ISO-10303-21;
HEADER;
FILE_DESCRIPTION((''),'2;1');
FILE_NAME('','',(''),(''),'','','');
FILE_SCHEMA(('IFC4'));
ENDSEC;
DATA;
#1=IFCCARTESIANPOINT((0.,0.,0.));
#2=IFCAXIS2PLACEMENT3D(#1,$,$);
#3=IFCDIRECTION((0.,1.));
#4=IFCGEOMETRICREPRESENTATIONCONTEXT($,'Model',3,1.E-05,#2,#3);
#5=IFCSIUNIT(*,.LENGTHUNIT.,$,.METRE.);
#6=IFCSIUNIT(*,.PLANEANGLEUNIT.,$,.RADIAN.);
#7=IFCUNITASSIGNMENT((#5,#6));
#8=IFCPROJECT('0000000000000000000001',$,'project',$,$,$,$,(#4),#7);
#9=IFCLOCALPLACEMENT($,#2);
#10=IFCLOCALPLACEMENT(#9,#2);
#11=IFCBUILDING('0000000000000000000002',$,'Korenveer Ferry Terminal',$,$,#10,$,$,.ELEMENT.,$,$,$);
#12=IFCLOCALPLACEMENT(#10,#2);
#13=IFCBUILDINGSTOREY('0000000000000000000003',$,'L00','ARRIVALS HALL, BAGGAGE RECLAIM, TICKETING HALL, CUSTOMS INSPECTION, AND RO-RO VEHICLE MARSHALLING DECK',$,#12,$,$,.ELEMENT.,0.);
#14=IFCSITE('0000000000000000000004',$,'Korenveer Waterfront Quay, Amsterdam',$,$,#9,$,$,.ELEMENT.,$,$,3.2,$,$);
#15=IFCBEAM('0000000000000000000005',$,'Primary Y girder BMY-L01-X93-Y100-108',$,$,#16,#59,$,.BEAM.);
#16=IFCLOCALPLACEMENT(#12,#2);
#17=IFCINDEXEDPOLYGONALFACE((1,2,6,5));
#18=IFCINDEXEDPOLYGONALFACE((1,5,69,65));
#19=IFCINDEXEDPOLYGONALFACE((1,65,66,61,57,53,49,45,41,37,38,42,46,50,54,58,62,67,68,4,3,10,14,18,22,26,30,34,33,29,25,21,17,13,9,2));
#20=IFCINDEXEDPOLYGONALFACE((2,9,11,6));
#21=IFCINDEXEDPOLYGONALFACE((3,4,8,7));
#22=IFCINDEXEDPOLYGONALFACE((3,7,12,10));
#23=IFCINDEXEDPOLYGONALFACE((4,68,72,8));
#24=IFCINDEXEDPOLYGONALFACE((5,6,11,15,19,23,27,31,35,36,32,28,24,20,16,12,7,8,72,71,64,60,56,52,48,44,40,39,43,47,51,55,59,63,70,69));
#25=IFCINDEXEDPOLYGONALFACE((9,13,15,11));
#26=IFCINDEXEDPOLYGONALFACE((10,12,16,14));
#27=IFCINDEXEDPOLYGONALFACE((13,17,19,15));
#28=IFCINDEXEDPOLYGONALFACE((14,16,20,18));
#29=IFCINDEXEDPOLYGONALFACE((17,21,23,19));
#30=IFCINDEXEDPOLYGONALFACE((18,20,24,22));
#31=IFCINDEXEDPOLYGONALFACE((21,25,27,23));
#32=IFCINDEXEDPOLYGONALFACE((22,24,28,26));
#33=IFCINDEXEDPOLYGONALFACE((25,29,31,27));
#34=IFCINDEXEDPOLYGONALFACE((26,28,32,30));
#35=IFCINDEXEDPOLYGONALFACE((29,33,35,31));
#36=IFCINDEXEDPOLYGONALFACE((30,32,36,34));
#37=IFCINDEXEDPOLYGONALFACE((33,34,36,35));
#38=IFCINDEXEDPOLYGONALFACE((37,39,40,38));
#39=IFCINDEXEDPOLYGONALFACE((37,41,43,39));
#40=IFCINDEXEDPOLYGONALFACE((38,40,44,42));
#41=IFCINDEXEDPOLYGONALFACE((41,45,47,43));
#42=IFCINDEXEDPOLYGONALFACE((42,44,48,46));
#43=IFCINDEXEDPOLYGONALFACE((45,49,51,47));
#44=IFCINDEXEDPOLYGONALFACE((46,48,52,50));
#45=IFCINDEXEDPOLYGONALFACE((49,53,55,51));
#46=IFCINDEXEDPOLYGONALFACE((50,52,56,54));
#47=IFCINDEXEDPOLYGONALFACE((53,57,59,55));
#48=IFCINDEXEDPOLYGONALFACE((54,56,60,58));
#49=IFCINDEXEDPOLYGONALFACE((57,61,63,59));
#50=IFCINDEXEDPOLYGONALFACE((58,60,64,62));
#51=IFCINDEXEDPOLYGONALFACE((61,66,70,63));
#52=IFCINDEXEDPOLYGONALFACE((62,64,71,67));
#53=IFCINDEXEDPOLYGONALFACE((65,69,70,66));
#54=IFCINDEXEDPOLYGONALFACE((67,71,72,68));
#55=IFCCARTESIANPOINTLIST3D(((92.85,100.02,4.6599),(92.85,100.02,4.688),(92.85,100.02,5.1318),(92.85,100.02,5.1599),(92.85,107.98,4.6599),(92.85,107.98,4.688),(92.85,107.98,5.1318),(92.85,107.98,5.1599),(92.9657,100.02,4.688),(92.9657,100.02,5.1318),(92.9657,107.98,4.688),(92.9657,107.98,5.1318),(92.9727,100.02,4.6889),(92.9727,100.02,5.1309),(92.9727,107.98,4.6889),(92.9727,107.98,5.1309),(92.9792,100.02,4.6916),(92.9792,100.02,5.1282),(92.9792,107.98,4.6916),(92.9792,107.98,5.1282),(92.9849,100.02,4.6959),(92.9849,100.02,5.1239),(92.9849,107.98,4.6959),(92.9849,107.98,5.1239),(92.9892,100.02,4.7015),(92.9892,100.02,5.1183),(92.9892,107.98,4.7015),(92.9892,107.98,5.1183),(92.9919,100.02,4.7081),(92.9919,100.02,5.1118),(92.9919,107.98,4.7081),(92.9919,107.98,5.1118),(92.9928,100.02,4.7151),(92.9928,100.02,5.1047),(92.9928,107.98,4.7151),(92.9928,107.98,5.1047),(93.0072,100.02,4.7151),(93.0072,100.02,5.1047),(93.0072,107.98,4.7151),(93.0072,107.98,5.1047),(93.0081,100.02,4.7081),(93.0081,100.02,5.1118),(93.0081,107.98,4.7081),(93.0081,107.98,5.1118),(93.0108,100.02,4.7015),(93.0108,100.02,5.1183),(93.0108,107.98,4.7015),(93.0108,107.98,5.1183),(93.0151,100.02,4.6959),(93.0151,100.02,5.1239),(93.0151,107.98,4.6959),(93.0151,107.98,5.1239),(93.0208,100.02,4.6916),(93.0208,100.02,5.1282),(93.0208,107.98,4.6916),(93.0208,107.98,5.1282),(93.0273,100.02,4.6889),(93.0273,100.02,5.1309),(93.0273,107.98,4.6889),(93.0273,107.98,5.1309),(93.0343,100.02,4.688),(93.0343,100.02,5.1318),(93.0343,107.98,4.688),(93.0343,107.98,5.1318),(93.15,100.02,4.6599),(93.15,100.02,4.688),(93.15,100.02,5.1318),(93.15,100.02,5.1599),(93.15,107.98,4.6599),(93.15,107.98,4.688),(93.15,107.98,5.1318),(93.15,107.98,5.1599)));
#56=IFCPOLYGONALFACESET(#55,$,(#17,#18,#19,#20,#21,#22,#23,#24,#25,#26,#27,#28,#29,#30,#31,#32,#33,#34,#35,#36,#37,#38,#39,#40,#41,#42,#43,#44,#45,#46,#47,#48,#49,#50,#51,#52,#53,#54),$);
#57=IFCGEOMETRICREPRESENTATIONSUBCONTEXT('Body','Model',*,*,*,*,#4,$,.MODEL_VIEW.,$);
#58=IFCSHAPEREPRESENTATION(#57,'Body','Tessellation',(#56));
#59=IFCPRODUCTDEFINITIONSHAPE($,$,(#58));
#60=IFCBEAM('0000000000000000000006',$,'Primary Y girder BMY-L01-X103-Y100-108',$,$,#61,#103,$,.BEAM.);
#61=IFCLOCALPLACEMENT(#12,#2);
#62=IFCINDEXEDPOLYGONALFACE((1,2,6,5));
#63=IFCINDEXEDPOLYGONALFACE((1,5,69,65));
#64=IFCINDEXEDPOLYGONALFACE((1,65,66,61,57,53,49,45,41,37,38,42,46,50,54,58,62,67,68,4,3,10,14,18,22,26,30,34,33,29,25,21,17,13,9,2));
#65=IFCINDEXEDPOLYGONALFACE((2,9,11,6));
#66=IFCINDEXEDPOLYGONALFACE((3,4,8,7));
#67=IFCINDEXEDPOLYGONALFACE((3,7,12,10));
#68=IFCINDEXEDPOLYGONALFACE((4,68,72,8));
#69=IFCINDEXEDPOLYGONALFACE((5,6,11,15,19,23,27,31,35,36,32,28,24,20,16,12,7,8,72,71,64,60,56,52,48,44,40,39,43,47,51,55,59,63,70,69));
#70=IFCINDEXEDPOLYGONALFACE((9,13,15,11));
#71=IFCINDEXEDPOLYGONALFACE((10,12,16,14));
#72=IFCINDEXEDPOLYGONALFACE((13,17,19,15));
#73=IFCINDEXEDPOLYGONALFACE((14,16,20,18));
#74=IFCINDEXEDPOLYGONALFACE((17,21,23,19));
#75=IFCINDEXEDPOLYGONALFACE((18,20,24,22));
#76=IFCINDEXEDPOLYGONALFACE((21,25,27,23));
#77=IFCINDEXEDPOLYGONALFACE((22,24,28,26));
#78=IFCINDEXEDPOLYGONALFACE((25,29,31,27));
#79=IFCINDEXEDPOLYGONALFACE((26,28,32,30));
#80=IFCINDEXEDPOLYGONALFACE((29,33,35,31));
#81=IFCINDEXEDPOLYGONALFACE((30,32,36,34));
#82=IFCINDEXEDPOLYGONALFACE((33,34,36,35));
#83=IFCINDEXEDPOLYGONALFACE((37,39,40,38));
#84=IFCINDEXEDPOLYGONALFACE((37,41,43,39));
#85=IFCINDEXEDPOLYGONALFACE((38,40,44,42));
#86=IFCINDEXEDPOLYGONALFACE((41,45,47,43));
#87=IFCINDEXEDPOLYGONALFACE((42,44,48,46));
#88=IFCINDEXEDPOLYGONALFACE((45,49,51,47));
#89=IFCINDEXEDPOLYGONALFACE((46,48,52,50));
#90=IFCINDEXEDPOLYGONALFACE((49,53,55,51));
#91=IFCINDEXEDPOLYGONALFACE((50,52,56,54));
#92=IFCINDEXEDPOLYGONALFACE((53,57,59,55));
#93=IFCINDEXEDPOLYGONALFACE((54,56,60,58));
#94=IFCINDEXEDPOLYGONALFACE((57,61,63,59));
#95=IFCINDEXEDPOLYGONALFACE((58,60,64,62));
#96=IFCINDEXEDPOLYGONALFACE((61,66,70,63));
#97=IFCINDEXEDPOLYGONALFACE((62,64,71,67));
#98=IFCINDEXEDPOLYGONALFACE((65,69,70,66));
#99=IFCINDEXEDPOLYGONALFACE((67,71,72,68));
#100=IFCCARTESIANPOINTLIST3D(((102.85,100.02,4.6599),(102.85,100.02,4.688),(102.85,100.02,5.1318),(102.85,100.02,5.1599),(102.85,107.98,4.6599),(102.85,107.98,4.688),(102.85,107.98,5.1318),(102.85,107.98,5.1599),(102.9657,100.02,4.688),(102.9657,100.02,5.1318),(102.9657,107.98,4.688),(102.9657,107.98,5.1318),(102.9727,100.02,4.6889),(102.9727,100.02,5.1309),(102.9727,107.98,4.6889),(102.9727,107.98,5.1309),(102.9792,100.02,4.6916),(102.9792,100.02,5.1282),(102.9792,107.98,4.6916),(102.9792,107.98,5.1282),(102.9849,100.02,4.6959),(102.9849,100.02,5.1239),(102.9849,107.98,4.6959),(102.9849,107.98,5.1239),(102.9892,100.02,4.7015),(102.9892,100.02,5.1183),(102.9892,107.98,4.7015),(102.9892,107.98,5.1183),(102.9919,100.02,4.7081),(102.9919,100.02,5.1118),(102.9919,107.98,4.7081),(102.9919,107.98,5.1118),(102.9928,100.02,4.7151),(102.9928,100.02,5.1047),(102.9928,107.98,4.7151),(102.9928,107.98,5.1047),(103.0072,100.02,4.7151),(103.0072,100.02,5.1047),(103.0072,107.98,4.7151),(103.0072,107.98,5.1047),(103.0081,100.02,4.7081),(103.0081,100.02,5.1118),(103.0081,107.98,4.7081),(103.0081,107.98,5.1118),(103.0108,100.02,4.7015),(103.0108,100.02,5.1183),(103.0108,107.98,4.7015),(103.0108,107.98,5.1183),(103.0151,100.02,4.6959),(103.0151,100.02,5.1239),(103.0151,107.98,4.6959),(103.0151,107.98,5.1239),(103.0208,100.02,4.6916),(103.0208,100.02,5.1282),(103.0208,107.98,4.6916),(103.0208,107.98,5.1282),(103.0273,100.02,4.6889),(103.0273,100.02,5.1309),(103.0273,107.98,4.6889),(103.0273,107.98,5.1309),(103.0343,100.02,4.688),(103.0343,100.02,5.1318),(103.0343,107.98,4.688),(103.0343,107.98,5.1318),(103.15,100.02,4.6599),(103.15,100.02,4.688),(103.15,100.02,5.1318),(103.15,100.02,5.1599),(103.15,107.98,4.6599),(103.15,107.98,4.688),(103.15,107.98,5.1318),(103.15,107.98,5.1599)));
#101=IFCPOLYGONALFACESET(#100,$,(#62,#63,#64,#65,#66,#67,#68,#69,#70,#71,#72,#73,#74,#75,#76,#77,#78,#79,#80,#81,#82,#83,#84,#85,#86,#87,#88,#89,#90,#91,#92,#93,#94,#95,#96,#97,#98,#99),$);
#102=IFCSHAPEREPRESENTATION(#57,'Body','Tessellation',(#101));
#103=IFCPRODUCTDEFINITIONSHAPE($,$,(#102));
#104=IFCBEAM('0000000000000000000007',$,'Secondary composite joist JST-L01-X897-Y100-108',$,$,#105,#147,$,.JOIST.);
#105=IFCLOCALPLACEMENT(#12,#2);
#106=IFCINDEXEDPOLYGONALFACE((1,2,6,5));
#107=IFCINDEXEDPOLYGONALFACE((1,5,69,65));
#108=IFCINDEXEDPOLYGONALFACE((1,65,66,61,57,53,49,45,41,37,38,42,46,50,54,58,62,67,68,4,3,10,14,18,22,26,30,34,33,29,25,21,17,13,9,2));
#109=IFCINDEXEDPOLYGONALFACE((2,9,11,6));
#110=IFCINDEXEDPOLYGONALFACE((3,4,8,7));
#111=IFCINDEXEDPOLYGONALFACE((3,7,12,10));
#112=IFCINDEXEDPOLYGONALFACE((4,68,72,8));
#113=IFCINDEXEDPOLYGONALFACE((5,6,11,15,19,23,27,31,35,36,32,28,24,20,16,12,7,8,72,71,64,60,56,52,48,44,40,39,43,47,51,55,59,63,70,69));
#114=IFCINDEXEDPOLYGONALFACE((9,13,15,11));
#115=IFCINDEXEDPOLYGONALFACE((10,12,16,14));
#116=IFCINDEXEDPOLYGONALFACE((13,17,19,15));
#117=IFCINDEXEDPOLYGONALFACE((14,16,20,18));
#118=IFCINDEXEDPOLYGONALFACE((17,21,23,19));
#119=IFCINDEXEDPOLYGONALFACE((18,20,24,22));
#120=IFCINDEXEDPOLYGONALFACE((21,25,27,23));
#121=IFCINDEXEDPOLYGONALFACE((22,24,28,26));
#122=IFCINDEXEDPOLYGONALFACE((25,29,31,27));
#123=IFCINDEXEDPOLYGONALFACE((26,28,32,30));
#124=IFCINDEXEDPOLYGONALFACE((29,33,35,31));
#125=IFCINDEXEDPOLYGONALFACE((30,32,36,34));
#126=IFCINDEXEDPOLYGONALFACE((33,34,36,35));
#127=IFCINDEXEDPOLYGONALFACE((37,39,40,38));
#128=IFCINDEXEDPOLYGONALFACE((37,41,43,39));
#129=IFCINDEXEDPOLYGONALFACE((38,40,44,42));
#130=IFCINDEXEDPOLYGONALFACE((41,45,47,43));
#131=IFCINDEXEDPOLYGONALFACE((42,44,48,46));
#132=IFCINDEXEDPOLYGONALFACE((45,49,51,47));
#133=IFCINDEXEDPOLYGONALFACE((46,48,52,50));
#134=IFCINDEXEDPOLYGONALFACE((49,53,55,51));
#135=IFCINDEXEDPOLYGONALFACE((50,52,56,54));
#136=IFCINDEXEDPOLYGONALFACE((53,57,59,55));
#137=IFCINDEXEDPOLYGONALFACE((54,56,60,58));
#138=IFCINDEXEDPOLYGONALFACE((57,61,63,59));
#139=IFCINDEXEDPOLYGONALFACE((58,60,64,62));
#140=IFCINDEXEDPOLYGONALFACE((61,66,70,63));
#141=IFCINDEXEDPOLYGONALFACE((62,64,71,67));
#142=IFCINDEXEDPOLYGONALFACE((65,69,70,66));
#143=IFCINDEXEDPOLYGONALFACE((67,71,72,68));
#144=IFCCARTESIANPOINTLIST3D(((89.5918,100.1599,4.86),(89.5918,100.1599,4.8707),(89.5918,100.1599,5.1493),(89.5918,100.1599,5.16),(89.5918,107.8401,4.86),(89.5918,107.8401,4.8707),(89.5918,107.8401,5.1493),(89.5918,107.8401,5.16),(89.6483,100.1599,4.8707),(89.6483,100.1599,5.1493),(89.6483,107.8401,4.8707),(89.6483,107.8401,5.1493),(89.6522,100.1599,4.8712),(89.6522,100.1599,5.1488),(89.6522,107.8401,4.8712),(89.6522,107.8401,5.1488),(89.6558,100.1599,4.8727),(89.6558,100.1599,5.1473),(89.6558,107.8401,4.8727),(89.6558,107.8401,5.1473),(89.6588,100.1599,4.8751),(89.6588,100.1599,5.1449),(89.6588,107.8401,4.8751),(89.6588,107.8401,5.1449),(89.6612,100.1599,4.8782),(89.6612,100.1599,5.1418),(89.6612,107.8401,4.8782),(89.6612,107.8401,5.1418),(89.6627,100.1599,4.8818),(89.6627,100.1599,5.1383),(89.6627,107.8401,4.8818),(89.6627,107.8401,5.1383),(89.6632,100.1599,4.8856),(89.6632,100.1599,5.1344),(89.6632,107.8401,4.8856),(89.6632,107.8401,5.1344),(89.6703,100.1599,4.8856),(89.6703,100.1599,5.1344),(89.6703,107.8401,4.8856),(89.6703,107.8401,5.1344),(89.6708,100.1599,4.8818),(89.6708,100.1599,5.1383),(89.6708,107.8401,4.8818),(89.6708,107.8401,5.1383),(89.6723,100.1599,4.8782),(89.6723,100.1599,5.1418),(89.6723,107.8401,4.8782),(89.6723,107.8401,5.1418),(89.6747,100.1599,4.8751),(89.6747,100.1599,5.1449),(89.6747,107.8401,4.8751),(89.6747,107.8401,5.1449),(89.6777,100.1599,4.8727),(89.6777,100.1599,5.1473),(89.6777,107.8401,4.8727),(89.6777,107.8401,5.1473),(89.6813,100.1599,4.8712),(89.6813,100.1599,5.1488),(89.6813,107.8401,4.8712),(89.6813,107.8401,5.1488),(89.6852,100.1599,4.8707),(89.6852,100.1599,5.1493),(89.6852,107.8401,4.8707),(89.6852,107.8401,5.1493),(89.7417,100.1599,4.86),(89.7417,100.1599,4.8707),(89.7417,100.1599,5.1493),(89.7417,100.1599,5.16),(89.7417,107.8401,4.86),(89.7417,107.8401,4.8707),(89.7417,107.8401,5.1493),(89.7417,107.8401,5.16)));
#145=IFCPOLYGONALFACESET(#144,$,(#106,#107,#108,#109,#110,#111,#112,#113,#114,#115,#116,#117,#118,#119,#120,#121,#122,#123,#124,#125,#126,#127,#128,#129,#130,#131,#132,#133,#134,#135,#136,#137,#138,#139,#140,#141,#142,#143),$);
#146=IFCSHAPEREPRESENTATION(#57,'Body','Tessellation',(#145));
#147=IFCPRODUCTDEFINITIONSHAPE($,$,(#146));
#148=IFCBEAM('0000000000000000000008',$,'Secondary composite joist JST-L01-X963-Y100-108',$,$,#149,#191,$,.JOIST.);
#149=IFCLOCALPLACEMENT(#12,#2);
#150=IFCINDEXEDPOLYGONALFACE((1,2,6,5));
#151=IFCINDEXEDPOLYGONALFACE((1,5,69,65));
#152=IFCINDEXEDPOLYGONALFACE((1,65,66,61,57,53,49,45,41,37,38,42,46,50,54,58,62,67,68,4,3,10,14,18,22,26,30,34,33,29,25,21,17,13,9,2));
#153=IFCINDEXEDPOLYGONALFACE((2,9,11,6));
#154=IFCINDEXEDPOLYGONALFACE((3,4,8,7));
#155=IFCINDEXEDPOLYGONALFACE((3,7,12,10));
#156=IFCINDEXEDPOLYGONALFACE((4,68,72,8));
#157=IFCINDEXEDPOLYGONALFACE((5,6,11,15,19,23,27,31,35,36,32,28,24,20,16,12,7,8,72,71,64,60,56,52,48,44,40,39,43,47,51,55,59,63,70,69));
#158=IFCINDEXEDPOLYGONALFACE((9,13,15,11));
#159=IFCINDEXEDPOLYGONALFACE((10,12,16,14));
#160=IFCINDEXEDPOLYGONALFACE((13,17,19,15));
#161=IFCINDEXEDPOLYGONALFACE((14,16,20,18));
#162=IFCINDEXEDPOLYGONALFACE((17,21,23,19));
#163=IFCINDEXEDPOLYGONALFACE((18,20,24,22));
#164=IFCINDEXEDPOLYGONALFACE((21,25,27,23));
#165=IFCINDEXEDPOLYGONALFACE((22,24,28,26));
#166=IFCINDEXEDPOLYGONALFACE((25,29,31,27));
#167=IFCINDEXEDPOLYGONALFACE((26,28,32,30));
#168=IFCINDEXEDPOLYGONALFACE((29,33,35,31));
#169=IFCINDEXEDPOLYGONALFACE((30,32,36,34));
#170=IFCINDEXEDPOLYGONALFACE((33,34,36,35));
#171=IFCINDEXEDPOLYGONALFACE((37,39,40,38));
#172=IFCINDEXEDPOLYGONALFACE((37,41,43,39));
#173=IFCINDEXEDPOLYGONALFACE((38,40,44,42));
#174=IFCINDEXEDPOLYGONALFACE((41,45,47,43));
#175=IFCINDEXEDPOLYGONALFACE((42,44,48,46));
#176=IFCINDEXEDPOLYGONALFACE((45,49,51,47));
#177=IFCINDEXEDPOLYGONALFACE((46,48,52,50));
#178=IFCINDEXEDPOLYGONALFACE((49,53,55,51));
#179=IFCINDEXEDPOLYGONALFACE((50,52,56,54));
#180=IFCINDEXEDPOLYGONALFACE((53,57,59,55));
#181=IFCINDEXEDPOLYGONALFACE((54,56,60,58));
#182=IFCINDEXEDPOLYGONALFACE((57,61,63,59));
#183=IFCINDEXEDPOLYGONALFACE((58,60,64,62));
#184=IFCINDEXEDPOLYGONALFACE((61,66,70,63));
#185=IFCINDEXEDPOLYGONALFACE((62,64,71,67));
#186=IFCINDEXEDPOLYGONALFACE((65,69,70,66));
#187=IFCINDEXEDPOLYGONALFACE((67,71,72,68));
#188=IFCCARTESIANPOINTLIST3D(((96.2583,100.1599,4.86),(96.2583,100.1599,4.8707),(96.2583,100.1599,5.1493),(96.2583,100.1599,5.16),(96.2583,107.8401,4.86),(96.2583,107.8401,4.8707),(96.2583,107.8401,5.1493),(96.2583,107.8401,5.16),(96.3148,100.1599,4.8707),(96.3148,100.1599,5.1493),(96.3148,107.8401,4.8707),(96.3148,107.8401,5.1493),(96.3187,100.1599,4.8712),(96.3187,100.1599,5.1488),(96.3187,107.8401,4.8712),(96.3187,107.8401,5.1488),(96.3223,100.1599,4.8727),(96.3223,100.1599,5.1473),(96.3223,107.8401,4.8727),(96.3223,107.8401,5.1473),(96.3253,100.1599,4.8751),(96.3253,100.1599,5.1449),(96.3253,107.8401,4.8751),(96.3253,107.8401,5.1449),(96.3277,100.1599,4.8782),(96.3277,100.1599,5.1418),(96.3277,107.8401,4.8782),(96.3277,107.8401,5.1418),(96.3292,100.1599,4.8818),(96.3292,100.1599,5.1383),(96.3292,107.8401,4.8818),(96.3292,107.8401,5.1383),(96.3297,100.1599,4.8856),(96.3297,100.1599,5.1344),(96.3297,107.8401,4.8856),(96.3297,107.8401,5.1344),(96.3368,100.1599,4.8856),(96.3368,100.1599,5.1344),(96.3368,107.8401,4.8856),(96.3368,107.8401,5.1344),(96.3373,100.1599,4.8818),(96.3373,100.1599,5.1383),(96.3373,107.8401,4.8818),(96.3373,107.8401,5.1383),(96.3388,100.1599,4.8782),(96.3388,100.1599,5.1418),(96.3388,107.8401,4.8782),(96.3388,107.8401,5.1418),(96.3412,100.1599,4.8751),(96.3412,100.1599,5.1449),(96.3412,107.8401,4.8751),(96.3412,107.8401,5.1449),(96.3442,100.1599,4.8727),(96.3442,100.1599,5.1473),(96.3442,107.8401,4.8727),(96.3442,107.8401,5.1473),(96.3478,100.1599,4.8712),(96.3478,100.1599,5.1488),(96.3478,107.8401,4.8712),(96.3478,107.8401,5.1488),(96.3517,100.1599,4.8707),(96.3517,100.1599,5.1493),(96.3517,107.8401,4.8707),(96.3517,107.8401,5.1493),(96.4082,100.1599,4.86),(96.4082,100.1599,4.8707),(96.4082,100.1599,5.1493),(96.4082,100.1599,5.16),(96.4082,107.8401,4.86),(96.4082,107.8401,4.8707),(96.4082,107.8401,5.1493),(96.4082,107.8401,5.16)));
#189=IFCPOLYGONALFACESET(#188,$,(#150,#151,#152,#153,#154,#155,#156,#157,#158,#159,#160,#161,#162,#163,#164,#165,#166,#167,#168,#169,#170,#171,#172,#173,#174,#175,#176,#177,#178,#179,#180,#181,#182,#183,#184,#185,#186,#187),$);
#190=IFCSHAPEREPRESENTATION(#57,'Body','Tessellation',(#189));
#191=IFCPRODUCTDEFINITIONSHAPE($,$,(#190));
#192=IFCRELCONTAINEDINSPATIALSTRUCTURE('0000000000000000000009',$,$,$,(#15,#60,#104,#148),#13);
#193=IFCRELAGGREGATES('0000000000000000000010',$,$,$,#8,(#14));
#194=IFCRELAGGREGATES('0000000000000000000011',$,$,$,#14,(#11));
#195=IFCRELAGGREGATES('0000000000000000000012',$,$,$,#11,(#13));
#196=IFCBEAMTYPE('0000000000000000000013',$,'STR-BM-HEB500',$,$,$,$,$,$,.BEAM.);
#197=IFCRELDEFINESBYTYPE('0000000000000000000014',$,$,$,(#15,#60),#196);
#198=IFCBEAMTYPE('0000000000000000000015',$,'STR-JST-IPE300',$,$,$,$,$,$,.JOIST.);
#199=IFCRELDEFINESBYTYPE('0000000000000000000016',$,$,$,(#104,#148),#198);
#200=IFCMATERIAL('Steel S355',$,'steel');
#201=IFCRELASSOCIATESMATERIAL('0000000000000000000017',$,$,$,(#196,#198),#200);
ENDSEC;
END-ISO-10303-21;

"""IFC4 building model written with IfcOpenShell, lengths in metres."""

from ifc_helpers import new_model, si_unit, direction, frame, origin, origin_2d, place, context, subcontext, project, spatial, i_section, extrude, material, material_profile, profile_set, type_object, element, save


model = new_model("IFC4")

# Units and contexts
model_context = context("Model", 3, precision=1e-05, world=origin(), true_north=direction((0.0, 1.0)))
body_context = subcontext(model_context, "Body", "Model", "MODEL_VIEW")
ifc_project = project(units=[si_unit("LENGTHUNIT", "METRE"), si_unit("PLANEANGLEUNIT", "RADIAN")], contexts=[model_context])

# Site, building, storey
site_placement = place(None, origin())
site = spatial("IfcSite", under=ifc_project, at=site_placement, Name="Korenveer Waterfront Quay, Amsterdam", CompositionType="ELEMENT", RefElevation=3.2)
building_placement = place(site_placement, origin())
building = spatial("IfcBuilding", under=site, at=building_placement, Name="Korenveer Ferry Terminal", CompositionType="ELEMENT")
storey_placement = place(building_placement, origin())
storey = spatial("IfcBuildingStorey", under=building, at=storey_placement, Name="L00", Description="ARRIVALS HALL, BAGGAGE RECLAIM, TICKETING HALL, CUSTOMS INSPECTION, AND RO-RO VEHICLE MARSHALLING DECK", CompositionType="ELEMENT", Elevation=0.0)

# Beams
ifc_material_1 = material(Name="Steel S355", Category="steel")
ifc_material_profile_1 = material_profile(ifc_material_1, i_section(OverallWidth=0.3, OverallDepth=0.5, WebThickness=0.0144, FlangeThickness=0.0281, FilletRadius=0.0271, at=origin_2d()), Name="HEB 500")
ifc_profile_set_1 = profile_set([ifc_material_profile_1], Name="Steel S355")
beam_type_1 = type_object("IfcBeamType", Name="STR-BM-HEB500", PredefinedType="BEAM", material=ifc_profile_set_1)
for number, where, z_axis, x_axis, name in (
    (1, (93.0, 100.02, 4.9099), (0.0, 1.0, 0.0), (-1.0, 0.0, 0.0), "Primary Y girder BMY-L01-X93-Y100-108"),
    (2, (103.0, 100.02, 4.9099), (0.0, 1.0, 0.0), (-1.0, 0.0, 0.0), "Primary Y girder BMY-L01-X103-Y100-108"),
):
    element("IfcBeam", number, at=place(storey_placement, frame(where, z_axis=z_axis, x_axis=x_axis)), inside=storey, type_object=beam_type_1, Name=name, PredefinedType="BEAM", context=body_context, shape_type="SweptSolid", body=[
        extrude(i_section(OverallWidth=0.3, OverallDepth=0.5, WebThickness=0.0144, FlangeThickness=0.0281, FilletRadius=0.0271, at=origin_2d()), origin(), (0.0, 0.0, 1.0), 7.96),
    ])
ifc_material_profile_2 = material_profile(ifc_material_1, i_section(OverallWidth=0.1499, OverallDepth=0.3, WebThickness=0.0071, FlangeThickness=0.0107, FilletRadius=0.0149, at=origin_2d()), Name="IPE 300")
ifc_profile_set_2 = profile_set([ifc_material_profile_2], Name="Steel S355")
beam_type_2 = type_object("IfcBeamType", Name="STR-JST-IPE300", PredefinedType="JOIST", material=ifc_profile_set_2)
for number, where, z_axis, x_axis, name in (
    (3, (89.6667, 100.1599, 5.01), (0.0, 1.0, 0.0), (-1.0, 0.0, 0.0), "Secondary composite joist JST-L01-X897-Y100-108"),
    (4, (96.3333, 100.1599, 5.01), (0.0, 1.0, 0.0), (-1.0, 0.0, 0.0), "Secondary composite joist JST-L01-X963-Y100-108"),
):
    element("IfcBeam", number, at=place(storey_placement, frame(where, z_axis=z_axis, x_axis=x_axis)), inside=storey, type_object=beam_type_2, Name=name, PredefinedType="JOIST", context=body_context, shape_type="SweptSolid", body=[
        extrude(i_section(OverallWidth=0.1499, OverallDepth=0.3, WebThickness=0.0071, FlangeThickness=0.0107, FilletRadius=0.0149, at=origin_2d()), origin(), (0.0, 0.0, 1.0), 7.6802),
    ])

save(model, "model.ifc")
